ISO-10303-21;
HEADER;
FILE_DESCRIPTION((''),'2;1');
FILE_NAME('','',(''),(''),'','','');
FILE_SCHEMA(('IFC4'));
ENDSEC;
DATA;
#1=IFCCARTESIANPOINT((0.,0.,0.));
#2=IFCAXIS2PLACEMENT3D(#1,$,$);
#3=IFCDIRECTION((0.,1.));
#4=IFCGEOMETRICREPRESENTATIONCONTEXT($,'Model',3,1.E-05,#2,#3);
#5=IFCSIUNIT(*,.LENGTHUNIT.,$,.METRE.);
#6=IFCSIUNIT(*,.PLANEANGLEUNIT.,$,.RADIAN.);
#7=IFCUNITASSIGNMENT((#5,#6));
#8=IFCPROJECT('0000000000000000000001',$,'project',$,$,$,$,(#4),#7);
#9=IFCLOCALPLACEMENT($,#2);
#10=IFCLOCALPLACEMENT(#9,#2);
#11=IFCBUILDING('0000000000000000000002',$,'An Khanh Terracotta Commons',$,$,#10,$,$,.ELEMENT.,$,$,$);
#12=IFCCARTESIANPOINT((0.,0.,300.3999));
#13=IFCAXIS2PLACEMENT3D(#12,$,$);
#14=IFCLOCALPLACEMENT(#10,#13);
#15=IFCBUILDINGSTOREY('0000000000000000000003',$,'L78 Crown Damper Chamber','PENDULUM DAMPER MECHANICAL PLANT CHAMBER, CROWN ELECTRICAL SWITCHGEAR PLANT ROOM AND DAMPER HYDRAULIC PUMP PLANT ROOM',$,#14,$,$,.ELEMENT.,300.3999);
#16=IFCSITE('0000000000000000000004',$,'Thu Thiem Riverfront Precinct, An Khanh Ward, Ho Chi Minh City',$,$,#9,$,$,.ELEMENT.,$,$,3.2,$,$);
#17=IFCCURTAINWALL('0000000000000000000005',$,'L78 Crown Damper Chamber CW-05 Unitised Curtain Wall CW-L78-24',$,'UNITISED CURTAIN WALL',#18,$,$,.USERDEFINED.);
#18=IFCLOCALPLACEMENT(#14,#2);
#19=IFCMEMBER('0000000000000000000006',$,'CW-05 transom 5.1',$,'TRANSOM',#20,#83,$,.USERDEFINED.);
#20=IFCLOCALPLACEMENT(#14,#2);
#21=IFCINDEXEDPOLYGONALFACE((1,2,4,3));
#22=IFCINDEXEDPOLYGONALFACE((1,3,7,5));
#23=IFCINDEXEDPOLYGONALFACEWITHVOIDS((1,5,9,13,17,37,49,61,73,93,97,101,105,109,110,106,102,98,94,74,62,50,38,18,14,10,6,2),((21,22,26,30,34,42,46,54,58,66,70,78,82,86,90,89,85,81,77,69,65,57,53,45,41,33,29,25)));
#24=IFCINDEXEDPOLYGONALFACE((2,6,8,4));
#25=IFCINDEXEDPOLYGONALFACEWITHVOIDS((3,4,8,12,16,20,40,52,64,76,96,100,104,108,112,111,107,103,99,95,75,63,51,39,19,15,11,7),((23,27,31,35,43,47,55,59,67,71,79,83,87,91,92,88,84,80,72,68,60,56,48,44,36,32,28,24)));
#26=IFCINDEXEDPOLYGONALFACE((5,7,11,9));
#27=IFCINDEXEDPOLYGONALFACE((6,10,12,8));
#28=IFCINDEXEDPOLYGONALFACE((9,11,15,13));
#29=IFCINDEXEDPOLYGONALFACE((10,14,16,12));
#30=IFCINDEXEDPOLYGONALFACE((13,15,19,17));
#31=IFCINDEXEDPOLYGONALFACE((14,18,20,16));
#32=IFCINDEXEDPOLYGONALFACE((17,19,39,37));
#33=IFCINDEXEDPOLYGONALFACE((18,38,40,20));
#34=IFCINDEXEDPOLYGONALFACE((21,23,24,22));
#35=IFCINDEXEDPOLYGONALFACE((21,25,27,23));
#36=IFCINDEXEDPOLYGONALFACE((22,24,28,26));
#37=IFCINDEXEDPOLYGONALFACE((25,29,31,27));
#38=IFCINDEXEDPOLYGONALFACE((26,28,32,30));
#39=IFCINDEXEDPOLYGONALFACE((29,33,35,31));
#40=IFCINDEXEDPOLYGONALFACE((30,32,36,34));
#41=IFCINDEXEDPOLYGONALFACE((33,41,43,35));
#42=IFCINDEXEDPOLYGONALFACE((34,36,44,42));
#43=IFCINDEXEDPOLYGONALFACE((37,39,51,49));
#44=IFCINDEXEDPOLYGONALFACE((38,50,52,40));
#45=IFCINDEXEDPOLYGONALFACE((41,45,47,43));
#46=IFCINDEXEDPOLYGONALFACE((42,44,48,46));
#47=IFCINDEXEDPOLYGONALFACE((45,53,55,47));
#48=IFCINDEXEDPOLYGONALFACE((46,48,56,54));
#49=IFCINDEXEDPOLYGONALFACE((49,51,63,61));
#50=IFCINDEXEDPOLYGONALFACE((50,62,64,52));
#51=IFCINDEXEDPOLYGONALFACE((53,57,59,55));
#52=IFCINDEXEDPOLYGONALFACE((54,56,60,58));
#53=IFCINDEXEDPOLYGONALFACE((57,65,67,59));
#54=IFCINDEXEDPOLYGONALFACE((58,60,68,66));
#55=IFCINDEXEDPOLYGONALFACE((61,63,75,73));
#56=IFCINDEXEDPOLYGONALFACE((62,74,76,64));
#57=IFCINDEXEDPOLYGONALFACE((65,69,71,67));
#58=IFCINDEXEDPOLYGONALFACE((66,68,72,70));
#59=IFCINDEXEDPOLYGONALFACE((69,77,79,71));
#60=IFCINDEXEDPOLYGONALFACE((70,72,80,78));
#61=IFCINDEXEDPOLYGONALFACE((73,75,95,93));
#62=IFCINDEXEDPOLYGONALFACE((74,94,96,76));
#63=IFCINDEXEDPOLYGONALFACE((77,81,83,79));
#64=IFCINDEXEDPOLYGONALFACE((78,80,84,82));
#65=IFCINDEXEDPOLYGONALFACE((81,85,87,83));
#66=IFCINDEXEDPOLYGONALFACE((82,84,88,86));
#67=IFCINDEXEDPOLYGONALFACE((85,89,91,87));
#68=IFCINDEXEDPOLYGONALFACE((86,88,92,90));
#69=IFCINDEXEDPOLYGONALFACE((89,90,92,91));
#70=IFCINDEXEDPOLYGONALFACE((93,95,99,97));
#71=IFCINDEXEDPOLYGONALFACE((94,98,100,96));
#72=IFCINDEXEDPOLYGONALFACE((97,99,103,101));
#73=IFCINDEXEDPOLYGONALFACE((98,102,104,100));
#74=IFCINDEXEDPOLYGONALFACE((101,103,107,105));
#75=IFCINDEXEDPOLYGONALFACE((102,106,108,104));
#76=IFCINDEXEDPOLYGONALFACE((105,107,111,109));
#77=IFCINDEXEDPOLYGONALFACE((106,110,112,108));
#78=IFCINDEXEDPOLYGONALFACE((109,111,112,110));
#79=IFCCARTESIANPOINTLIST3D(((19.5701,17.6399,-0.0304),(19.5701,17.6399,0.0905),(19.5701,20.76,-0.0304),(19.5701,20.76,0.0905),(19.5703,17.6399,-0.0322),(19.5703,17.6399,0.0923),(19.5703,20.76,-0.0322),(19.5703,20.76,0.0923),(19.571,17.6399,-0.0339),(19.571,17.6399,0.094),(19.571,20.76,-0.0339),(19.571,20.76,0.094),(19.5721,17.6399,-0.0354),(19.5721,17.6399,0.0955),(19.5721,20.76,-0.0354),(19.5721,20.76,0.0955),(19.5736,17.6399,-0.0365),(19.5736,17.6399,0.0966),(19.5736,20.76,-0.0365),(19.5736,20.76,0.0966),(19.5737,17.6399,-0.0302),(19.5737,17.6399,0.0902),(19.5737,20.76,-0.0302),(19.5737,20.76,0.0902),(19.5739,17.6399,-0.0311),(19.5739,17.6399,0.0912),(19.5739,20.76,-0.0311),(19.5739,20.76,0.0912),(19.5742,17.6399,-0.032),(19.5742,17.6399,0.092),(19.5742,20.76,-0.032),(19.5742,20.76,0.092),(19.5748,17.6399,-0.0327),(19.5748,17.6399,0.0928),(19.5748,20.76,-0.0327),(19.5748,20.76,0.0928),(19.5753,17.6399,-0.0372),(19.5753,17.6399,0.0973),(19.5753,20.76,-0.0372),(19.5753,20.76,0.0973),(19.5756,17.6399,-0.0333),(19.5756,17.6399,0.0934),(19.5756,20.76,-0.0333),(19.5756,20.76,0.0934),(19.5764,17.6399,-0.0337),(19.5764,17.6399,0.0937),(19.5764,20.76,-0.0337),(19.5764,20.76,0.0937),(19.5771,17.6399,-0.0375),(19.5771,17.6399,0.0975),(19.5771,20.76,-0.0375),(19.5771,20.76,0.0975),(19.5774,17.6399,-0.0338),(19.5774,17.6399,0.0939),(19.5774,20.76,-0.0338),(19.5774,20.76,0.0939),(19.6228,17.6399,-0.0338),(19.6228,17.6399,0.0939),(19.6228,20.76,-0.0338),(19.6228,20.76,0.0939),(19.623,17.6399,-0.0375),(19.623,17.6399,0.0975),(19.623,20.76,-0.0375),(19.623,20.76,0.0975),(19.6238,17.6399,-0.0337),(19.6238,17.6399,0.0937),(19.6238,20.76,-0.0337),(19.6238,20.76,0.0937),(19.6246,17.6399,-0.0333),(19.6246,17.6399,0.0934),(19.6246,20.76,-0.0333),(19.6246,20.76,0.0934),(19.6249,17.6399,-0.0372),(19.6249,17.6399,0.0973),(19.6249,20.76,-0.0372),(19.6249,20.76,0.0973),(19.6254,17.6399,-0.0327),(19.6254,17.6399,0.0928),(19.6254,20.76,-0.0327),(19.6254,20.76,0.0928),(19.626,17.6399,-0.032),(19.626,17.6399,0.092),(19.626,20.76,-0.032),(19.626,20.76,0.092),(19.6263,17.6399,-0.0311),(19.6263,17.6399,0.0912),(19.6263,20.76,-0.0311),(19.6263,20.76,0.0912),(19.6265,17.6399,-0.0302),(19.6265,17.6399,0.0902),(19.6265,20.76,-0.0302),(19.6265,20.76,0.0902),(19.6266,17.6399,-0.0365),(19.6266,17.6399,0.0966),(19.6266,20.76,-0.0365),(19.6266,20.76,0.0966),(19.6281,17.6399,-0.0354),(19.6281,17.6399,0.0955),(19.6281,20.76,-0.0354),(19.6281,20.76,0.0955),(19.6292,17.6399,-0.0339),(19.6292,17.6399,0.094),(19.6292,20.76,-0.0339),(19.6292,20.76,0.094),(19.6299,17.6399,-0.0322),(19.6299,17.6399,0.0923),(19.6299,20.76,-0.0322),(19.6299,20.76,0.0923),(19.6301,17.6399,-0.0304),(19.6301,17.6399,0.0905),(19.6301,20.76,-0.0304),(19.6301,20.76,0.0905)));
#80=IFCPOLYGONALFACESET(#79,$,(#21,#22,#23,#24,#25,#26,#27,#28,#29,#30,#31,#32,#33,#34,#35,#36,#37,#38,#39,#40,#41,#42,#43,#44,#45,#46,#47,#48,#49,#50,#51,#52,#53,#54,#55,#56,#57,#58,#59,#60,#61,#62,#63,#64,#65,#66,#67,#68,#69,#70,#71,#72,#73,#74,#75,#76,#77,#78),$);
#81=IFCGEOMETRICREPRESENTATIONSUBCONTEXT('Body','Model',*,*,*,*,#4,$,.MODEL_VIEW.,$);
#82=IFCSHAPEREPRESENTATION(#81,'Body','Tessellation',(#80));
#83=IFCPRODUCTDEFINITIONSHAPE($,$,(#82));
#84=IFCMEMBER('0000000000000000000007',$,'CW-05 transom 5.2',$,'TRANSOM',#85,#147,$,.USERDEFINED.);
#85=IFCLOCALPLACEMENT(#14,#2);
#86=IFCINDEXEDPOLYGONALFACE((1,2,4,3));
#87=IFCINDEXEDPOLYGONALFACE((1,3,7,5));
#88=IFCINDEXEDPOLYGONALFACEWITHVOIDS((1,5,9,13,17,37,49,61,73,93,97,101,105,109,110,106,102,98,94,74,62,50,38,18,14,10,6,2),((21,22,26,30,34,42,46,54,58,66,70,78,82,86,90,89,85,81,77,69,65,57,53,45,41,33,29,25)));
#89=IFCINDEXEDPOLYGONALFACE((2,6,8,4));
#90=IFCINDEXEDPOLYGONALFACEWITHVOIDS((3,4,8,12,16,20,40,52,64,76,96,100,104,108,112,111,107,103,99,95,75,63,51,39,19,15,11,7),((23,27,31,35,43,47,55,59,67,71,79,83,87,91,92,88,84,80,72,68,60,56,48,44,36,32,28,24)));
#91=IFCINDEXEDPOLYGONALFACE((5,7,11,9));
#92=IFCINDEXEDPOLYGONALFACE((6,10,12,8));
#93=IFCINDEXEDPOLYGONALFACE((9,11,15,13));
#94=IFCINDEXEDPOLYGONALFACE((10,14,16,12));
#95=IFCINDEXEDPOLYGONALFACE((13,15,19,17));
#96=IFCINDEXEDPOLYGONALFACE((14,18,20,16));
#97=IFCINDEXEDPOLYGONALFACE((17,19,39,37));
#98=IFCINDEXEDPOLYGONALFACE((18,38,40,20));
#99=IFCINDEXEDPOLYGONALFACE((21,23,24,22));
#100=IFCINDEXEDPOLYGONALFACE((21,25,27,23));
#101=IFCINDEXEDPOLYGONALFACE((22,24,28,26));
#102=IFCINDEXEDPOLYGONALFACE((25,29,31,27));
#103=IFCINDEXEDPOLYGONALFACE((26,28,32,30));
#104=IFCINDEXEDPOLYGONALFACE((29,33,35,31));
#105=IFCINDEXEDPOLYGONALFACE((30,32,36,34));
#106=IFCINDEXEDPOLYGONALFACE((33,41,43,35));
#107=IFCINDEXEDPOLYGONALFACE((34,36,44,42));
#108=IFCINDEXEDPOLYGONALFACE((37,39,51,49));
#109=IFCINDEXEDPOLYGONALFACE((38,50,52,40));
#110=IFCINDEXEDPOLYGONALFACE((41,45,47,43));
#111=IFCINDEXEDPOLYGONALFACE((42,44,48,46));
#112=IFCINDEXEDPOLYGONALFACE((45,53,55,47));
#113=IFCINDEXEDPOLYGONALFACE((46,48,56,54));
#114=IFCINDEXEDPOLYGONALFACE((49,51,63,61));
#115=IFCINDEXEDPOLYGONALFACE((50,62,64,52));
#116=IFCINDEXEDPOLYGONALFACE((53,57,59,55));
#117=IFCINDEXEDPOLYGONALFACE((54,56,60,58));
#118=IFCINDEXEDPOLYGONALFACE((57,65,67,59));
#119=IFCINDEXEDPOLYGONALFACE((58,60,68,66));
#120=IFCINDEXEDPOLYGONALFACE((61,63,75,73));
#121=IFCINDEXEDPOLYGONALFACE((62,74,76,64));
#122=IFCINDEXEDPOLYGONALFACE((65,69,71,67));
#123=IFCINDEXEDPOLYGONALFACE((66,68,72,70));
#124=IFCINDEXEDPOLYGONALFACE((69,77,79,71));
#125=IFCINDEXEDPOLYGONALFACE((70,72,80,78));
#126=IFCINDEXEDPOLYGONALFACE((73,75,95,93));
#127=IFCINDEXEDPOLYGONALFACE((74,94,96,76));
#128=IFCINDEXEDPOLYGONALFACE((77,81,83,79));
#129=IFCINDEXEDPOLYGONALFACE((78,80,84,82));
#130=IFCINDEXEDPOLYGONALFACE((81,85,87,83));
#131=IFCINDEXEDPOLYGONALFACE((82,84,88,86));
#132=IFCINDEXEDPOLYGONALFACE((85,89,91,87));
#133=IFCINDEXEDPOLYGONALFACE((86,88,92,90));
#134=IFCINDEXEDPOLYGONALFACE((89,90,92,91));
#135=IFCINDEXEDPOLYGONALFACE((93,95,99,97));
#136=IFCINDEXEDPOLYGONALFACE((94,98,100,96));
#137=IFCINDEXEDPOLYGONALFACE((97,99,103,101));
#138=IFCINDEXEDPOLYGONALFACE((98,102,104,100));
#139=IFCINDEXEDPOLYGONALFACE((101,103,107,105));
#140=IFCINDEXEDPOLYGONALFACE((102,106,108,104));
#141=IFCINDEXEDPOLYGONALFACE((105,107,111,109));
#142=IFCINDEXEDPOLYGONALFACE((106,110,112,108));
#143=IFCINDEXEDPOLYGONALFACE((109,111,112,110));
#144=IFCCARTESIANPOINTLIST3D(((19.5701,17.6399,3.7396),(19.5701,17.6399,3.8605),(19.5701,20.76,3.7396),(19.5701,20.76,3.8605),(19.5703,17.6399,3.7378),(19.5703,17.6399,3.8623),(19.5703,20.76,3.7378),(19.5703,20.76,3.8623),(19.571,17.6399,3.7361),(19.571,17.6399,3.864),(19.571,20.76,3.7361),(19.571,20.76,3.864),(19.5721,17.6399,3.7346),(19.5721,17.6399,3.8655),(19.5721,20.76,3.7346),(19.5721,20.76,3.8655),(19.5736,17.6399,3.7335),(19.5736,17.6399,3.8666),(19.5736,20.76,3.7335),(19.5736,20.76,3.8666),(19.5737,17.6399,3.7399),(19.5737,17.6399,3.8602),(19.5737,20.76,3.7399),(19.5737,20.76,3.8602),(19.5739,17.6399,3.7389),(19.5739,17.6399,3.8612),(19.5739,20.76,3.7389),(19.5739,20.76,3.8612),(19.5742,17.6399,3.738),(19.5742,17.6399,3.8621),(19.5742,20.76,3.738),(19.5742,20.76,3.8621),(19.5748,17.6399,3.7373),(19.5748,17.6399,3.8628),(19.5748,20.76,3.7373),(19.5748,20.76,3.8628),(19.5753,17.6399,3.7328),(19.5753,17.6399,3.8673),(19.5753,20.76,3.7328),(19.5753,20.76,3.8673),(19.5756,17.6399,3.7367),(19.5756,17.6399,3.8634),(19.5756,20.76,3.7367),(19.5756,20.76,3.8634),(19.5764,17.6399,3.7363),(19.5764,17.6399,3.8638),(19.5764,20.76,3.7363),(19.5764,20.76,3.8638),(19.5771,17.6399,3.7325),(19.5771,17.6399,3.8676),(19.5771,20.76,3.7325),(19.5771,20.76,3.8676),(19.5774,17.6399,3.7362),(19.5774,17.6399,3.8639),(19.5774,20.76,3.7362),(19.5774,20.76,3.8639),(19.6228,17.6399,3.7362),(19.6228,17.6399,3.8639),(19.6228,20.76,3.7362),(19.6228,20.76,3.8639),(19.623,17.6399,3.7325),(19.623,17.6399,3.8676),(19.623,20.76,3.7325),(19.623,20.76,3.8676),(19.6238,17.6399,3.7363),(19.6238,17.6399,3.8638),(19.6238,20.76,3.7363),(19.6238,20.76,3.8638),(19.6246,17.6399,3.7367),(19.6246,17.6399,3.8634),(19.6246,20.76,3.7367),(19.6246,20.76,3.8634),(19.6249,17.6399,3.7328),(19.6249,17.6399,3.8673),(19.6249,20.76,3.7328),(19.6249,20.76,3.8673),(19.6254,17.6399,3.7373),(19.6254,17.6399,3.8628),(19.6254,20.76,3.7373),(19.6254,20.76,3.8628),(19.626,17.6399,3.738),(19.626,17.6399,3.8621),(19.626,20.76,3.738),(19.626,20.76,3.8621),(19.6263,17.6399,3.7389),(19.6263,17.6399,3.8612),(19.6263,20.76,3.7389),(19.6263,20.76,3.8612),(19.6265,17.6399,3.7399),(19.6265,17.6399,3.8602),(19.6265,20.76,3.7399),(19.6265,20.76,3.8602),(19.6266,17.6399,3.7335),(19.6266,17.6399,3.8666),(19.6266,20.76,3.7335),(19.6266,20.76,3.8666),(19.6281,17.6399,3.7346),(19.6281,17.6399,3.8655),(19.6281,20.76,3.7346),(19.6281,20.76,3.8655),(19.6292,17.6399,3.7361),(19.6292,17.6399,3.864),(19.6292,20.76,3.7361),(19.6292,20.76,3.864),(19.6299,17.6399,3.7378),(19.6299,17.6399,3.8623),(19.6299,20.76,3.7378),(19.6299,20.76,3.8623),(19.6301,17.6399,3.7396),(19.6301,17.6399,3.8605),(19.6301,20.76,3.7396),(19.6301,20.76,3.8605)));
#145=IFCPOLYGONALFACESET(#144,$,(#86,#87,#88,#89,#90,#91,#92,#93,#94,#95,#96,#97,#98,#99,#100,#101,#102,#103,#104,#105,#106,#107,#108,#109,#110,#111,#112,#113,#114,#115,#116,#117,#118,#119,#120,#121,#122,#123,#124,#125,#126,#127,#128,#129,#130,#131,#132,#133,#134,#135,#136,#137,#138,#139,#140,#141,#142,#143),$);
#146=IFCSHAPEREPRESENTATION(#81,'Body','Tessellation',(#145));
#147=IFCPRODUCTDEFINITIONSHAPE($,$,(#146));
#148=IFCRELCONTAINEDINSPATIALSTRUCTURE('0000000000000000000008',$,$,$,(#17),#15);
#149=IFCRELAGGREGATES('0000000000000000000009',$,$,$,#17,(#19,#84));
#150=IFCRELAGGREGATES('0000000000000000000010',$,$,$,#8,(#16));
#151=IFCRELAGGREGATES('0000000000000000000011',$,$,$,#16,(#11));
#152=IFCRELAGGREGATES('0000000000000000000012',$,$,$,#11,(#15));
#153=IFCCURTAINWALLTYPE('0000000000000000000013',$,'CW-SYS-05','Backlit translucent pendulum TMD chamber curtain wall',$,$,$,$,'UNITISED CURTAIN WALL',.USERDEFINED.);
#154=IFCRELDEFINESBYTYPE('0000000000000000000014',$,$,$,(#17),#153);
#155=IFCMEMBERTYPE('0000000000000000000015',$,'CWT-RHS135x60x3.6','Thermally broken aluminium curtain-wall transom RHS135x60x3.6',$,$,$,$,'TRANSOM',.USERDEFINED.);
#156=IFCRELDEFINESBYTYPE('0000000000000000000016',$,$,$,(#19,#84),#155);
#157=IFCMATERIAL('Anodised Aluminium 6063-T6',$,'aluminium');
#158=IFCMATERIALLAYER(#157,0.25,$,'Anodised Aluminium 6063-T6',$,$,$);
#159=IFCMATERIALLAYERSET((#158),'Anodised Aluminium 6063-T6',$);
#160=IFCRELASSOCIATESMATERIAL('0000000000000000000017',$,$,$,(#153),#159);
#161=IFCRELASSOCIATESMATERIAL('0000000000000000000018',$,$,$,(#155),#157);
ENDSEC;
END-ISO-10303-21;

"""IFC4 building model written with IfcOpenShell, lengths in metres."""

from ifc_helpers import new_model, si_unit, direction, frame, origin, origin_2d, place, context, subcontext, project, spatial, hollow_rectangle, extrude, material, layer, layer_set, material_profile, profile_set, type_object, element, aggregate, save


model = new_model("IFC4")

# Units and contexts
model_context = context("Model", 3, precision=1e-05, world=origin(), true_north=direction((0.0, 1.0)))
body_context = subcontext(model_context, "Body", "Model", "MODEL_VIEW")
ifc_project = project(units=[si_unit("LENGTHUNIT", "METRE"), si_unit("PLANEANGLEUNIT", "RADIAN")], contexts=[model_context])

# Site, building, storey
site_placement = place(None, origin())
site = spatial("IfcSite", under=ifc_project, at=site_placement, Name="Thu Thiem Riverfront Precinct, An Khanh Ward, Ho Chi Minh City", CompositionType="ELEMENT", RefElevation=3.2)
building_placement = place(site_placement, origin())
building = spatial("IfcBuilding", under=site, at=building_placement, Name="An Khanh Terracotta Commons", CompositionType="ELEMENT")
storey_placement = place(building_placement, frame((0.0, 0.0, 300.3999)))
storey = spatial("IfcBuildingStorey", under=building, at=storey_placement, Name="L78 Crown Damper Chamber", Description="PENDULUM DAMPER MECHANICAL PLANT CHAMBER, CROWN ELECTRICAL SWITCHGEAR PLANT ROOM AND DAMPER HYDRAULIC PUMP PLANT ROOM", CompositionType="ELEMENT", Elevation=300.3999)

# Curtain wall, members
ifc_material_1 = material(Name="Anodised Aluminium 6063-T6", Category="aluminium")
ifc_layer_1 = layer(ifc_material_1, 0.25, Name="Anodised Aluminium 6063-T6")
ifc_layer_set_1 = layer_set([ifc_layer_1], Name="Anodised Aluminium 6063-T6")
curtain_wall_type = type_object("IfcCurtainWallType", Name="CW-SYS-05", Description="Backlit translucent pendulum TMD chamber curtain wall", ElementType="UNITISED CURTAIN WALL", PredefinedType="USERDEFINED", material=ifc_layer_set_1)
curtain_wall_placement = place(storey_placement, origin())
curtain_wall = element("IfcCurtainWall", 1, at=curtain_wall_placement, inside=storey, type_object=curtain_wall_type, Name="L78 Crown Damper Chamber CW-05 Unitised Curtain Wall CW-L78-24", ObjectType="UNITISED CURTAIN WALL", PredefinedType="USERDEFINED")
ifc_material_profile_1 = material_profile(ifc_material_1, hollow_rectangle(XDim=0.0601, YDim=0.135, WallThickness=0.0037, InnerFilletRadius=0.0037, OuterFilletRadius=0.0071, at=origin_2d()), Name="RHS135x60x3.6")
ifc_profile_set_1 = profile_set([ifc_material_profile_1], Name="Anodised Aluminium 6063-T6")
member_type_1 = type_object("IfcMemberType", Name="CWT-RHS135x60x3.6", Description="Thermally broken aluminium curtain-wall transom RHS135x60x3.6", ElementType="TRANSOM", PredefinedType="USERDEFINED", material=ifc_profile_set_1)
member_1_placement = place(storey_placement, frame((19.6001, 20.76, 0.03), z_axis=(0.0, -1.0, 0.0), x_axis=(1.0, 0.0, 0.0)))
member_1 = element("IfcMember", 2, at=member_1_placement, type_object=member_type_1, Name="CW-05 transom 5.1", ObjectType="TRANSOM", PredefinedType="USERDEFINED", context=body_context, shape_type="SweptSolid", body=[
    extrude(hollow_rectangle(XDim=0.0601, YDim=0.135, WallThickness=0.0037, InnerFilletRadius=0.0037, OuterFilletRadius=0.0071, at=origin_2d()), origin(), (0.0, 0.0, 1.0), 3.1201),
])
member_2_placement = place(storey_placement, frame((19.6001, 20.76, 3.8), z_axis=(0.0, -1.0, 0.0), x_axis=(1.0, 0.0, 0.0)))
member_2 = element("IfcMember", 3, at=member_2_placement, type_object=member_type_1, Name="CW-05 transom 5.2", ObjectType="TRANSOM", PredefinedType="USERDEFINED", context=body_context, shape_type="SweptSolid", body=[
    extrude(hollow_rectangle(XDim=0.0601, YDim=0.135, WallThickness=0.0037, InnerFilletRadius=0.0037, OuterFilletRadius=0.0071, at=origin_2d()), origin(), (0.0, 0.0, 1.0), 3.1201),
])
aggregate(curtain_wall, [member_1, member_2])

save(model, "model.ifc")
